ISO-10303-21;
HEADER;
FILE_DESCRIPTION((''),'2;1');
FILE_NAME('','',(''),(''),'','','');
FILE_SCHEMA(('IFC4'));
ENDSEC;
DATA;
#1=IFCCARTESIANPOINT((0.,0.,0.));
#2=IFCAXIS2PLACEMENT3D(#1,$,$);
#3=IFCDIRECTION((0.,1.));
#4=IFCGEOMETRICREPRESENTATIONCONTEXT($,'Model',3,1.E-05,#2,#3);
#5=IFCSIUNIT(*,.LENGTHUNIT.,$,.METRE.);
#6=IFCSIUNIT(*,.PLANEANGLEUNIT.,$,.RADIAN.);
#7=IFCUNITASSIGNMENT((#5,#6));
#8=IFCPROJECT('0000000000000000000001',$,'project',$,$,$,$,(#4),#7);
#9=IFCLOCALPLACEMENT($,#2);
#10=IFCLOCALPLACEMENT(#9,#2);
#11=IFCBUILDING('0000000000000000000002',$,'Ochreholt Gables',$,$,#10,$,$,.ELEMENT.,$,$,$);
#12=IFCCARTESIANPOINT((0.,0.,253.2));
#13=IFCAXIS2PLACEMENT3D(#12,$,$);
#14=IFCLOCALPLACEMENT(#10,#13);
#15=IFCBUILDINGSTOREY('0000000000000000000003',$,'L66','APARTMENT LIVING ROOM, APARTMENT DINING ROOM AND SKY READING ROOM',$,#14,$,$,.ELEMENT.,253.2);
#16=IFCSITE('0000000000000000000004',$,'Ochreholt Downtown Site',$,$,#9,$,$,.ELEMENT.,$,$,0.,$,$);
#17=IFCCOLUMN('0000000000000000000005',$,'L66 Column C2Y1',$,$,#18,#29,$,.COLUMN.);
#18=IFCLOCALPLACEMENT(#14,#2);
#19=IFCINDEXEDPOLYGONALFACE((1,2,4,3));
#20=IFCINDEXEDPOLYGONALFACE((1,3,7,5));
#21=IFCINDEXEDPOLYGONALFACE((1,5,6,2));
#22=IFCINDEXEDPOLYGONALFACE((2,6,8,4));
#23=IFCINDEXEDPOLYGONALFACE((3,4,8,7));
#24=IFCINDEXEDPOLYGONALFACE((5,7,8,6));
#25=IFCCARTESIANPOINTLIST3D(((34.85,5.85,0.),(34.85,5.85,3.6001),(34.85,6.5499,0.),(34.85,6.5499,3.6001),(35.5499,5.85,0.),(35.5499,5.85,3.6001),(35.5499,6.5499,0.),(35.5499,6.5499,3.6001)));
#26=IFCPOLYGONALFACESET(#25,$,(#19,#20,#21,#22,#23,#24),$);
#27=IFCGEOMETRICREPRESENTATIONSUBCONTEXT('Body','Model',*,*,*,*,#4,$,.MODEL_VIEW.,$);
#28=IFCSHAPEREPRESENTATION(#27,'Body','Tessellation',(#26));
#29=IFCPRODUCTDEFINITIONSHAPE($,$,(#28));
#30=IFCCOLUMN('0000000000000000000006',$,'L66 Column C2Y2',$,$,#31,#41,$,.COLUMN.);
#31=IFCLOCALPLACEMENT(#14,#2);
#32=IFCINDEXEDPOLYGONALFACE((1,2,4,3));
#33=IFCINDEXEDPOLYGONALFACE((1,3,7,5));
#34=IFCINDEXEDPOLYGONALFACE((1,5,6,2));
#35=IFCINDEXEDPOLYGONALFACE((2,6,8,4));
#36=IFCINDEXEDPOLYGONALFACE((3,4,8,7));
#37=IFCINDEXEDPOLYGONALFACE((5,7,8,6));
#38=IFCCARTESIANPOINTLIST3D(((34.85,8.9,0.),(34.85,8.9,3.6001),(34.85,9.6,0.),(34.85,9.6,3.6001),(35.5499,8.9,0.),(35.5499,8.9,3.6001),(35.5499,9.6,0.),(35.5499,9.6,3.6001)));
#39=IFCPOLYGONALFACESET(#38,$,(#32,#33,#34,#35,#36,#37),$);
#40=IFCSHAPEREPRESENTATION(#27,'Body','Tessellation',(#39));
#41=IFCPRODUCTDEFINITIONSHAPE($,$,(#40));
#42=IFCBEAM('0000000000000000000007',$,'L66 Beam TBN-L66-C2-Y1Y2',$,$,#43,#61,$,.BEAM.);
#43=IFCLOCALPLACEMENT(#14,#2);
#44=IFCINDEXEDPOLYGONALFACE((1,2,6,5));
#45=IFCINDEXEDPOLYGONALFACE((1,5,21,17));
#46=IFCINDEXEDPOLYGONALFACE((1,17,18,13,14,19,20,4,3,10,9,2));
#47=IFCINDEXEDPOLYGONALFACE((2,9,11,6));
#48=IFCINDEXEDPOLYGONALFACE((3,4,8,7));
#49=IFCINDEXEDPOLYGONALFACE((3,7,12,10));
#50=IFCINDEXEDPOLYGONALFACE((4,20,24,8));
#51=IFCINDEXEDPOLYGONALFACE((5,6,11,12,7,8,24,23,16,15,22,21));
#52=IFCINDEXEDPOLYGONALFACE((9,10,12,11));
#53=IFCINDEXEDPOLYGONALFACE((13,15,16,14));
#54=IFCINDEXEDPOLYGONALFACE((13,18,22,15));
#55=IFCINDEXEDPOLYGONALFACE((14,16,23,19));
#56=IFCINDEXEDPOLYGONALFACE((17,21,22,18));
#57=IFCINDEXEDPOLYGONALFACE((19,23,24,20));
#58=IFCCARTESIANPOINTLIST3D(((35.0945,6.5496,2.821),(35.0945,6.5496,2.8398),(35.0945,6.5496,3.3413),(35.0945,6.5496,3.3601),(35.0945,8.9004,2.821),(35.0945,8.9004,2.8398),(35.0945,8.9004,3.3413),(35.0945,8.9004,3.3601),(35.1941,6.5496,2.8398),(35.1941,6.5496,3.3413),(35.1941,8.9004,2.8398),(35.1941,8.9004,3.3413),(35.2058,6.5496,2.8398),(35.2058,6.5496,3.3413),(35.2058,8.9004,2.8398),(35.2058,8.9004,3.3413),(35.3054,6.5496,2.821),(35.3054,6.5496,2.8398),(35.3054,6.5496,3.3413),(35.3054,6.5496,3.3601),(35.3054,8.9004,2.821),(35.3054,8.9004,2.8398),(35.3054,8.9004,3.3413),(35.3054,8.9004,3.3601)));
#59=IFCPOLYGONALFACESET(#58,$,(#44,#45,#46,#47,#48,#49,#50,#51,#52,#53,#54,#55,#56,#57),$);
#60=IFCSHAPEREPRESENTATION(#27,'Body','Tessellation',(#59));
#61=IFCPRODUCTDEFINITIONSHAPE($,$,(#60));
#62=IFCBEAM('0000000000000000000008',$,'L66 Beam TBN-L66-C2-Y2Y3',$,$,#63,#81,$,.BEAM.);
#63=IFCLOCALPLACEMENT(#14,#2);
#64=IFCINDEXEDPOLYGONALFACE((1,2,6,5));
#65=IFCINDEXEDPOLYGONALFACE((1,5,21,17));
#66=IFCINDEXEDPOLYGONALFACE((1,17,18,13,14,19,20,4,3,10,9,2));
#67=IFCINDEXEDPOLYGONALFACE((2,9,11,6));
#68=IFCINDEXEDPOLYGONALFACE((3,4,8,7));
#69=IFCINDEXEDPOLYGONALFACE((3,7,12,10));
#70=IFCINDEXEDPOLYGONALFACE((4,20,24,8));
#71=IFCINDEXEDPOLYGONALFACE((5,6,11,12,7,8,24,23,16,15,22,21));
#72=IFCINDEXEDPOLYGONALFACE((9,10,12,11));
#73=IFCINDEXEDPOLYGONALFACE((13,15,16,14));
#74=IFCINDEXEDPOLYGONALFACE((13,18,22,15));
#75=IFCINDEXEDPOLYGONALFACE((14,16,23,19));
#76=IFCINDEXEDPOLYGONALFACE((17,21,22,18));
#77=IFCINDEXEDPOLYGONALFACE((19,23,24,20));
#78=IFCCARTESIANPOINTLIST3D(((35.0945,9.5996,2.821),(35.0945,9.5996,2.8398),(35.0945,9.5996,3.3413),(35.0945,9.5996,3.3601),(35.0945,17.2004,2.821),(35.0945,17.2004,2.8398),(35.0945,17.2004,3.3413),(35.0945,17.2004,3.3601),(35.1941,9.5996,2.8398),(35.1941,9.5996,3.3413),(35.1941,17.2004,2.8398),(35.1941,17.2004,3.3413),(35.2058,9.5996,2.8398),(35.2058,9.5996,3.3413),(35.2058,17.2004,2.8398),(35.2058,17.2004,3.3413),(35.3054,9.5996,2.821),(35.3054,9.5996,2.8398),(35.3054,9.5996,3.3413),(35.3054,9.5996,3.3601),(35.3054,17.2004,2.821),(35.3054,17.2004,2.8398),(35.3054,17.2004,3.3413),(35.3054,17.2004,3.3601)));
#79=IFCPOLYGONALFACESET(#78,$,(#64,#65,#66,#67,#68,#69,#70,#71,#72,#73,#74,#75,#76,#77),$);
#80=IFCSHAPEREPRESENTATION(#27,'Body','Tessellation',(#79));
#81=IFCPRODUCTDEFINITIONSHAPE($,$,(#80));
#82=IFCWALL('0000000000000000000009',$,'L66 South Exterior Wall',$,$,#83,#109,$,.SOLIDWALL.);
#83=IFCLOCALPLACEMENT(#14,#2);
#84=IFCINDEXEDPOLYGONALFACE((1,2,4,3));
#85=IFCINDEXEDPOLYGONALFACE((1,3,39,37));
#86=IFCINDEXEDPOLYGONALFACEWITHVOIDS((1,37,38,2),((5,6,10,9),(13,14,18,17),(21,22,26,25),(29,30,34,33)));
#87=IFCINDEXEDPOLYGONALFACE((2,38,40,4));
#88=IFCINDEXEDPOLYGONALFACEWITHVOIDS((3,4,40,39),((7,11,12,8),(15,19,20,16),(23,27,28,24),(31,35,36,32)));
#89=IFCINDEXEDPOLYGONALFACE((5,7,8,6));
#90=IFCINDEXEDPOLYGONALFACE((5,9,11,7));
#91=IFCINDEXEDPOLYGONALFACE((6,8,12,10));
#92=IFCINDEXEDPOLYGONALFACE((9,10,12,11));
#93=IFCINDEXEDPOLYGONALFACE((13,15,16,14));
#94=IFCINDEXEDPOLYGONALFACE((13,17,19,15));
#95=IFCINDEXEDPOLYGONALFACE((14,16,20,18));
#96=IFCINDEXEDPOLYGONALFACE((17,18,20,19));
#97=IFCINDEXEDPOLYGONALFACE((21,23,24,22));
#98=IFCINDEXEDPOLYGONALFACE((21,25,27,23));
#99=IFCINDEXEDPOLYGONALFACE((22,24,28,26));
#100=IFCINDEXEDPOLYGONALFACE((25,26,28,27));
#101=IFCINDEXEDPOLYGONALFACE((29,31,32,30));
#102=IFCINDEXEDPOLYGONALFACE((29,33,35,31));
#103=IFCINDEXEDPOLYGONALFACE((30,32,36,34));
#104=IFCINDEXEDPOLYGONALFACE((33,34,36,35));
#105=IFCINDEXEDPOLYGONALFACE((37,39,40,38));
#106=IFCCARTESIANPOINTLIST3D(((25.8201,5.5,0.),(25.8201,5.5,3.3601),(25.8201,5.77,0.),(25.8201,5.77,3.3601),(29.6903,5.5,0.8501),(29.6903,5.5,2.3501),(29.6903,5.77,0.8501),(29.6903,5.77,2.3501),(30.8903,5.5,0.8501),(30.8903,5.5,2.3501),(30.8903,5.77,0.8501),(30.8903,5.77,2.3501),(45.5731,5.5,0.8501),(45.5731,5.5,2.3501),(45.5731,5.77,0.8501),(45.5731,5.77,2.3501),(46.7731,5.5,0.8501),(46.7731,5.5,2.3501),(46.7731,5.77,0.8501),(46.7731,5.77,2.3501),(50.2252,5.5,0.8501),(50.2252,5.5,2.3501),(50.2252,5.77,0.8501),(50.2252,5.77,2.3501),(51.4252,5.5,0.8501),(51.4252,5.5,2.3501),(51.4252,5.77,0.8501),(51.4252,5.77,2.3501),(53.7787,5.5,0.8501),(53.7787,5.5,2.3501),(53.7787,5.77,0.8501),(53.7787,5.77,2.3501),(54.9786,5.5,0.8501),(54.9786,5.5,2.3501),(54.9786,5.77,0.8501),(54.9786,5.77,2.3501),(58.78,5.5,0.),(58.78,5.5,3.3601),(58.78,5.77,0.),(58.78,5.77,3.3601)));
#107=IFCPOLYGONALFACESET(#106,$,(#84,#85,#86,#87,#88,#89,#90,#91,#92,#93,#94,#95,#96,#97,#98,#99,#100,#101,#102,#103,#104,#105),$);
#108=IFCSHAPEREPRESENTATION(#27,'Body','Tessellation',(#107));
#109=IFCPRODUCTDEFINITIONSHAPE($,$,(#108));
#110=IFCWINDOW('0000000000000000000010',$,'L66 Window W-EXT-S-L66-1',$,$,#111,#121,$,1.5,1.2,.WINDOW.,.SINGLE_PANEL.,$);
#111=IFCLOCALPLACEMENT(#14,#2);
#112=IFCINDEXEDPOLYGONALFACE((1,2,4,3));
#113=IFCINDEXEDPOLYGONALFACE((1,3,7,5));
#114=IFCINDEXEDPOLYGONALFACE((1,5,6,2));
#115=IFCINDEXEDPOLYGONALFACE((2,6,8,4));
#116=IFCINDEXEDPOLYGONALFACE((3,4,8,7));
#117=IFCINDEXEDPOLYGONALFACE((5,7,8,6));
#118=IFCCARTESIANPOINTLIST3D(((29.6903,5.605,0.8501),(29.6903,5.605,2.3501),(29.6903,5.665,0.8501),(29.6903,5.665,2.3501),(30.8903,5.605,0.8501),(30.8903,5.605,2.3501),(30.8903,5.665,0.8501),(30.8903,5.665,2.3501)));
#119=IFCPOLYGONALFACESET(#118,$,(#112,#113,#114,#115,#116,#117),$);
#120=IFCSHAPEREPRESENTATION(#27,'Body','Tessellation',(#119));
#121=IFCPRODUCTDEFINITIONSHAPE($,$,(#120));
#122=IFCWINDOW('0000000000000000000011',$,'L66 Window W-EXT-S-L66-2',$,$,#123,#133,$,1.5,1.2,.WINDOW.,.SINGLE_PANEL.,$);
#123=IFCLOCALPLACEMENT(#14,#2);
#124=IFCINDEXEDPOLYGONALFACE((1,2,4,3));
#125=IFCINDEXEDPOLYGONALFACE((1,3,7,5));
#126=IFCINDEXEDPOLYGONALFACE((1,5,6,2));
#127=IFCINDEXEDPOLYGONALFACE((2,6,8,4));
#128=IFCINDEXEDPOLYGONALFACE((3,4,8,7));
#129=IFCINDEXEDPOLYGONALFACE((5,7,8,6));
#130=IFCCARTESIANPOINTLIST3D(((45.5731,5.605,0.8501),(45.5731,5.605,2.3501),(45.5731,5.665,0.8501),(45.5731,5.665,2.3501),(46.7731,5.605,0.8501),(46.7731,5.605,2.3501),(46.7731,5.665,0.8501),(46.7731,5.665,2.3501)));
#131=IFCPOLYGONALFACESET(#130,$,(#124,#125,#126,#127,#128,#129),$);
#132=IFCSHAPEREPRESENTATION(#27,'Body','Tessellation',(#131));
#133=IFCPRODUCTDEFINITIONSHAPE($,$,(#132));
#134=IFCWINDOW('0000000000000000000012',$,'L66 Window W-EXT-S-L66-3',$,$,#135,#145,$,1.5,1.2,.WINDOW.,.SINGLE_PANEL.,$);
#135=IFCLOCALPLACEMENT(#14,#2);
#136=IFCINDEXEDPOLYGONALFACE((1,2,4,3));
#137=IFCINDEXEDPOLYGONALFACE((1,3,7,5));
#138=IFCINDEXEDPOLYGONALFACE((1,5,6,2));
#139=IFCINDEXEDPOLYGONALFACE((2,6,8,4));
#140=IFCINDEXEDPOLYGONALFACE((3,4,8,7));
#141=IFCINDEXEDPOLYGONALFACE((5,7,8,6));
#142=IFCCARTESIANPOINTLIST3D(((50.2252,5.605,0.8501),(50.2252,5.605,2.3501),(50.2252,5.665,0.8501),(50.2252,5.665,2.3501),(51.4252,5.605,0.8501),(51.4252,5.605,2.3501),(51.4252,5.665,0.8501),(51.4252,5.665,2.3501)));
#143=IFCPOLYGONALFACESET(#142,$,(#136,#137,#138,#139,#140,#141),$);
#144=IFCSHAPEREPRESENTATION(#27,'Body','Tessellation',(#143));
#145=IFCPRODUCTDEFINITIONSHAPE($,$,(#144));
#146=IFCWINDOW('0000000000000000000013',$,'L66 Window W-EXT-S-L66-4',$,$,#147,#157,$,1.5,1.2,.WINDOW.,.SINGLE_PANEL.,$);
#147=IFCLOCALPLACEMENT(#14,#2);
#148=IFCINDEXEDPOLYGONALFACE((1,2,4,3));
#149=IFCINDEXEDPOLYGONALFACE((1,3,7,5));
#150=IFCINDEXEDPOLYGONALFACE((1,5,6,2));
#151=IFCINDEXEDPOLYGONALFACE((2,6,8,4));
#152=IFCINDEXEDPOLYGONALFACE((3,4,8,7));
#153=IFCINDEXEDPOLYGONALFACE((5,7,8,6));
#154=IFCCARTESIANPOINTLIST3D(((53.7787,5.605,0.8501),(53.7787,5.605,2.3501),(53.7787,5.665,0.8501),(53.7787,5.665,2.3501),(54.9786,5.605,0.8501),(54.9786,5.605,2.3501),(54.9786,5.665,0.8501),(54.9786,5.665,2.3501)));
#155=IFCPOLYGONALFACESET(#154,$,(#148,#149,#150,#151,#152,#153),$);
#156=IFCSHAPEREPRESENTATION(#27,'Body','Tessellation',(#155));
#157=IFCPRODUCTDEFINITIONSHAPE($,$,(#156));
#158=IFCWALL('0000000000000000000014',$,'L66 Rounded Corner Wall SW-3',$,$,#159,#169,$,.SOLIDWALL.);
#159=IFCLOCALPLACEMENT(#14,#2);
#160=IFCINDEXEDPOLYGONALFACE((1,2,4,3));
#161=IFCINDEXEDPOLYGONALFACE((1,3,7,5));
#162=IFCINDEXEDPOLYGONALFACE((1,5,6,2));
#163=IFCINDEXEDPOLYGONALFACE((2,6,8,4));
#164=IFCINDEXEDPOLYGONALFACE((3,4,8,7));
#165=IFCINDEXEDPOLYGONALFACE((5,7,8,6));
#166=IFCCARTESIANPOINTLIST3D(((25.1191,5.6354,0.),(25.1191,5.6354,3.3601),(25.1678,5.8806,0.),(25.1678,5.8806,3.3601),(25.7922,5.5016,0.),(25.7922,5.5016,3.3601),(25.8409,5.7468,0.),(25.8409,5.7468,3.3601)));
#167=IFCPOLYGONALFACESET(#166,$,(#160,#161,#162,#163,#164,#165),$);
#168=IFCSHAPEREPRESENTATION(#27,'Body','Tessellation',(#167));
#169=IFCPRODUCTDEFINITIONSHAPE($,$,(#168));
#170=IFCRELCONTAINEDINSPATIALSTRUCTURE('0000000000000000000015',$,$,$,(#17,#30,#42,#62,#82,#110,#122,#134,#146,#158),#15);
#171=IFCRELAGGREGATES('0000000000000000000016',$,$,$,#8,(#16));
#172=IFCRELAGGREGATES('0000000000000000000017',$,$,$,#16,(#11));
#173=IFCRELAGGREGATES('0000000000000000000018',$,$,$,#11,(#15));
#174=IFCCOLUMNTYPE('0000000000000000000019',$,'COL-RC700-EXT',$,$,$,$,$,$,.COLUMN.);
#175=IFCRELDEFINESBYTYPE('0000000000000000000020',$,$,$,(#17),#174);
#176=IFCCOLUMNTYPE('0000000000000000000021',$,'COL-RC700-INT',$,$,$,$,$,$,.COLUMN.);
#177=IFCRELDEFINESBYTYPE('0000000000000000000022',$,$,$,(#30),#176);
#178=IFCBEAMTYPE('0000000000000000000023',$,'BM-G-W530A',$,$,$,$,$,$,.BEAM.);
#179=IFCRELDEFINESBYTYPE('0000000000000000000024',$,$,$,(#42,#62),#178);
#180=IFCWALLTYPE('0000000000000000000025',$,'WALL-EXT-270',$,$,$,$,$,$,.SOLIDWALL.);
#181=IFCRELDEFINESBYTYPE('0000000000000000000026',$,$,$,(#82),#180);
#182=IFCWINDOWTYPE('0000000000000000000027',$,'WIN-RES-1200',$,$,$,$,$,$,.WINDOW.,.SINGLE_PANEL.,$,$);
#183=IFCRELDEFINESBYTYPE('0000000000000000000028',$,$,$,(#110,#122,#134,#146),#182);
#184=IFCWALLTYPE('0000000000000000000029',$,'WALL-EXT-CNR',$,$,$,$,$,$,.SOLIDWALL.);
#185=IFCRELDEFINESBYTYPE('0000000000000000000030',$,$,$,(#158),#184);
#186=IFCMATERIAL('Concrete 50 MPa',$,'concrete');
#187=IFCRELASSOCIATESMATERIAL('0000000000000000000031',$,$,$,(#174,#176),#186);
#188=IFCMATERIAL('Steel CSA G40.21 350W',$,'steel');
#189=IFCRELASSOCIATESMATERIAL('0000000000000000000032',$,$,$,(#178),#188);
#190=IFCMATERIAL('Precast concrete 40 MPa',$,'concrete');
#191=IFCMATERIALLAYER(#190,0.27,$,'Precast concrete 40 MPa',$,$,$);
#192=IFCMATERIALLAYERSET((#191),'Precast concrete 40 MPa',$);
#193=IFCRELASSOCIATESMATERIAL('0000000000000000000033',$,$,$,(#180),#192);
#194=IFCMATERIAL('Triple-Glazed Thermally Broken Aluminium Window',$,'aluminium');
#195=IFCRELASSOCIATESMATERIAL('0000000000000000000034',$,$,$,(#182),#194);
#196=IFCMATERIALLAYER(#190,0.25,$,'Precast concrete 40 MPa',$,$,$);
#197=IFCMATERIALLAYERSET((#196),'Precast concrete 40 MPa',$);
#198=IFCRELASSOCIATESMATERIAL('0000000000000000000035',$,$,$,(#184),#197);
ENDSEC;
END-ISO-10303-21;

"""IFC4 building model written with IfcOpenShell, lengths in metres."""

from ifc_helpers import new_model, si_unit, direction, frame, frame_2d, origin, origin_2d, place, context, subcontext, project, spatial, rectangle, i_section, extrude, material, layer, layer_set, material_profile, profile_set, type_object, element, fill, save


model = new_model("IFC4")

# Units and contexts
model_context = context("Model", 3, precision=1e-05, world=origin(), true_north=direction((0.0, 1.0)))
body_context = subcontext(model_context, "Body", "Model", "MODEL_VIEW")
ifc_project = project(units=[si_unit("LENGTHUNIT", "METRE"), si_unit("PLANEANGLEUNIT", "RADIAN")], contexts=[model_context])

# Site, building, storey
site_placement = place(None, origin())
site = spatial("IfcSite", under=ifc_project, at=site_placement, Name="Ochreholt Downtown Site", CompositionType="ELEMENT", RefElevation=0.0)
building_placement = place(site_placement, origin())
building = spatial("IfcBuilding", under=site, at=building_placement, Name="Ochreholt Gables", CompositionType="ELEMENT")
storey_placement = place(building_placement, frame((0.0, 0.0, 253.2)))
storey = spatial("IfcBuildingStorey", under=building, at=storey_placement, Name="L66", Description="APARTMENT LIVING ROOM, APARTMENT DINING ROOM AND SKY READING ROOM", CompositionType="ELEMENT", Elevation=253.2)

# Columns
ifc_material_1 = material(Name="Concrete 50 MPa", Category="concrete")
ifc_material_profile_1 = material_profile(ifc_material_1, rectangle(XDim=0.7, YDim=0.7, at=origin_2d()), Name="RC700X700")
ifc_profile_set_1 = profile_set([ifc_material_profile_1], Name="Concrete 50 MPa")
column_type_1 = type_object("IfcColumnType", Name="COL-RC700-EXT", PredefinedType="COLUMN", material=ifc_profile_set_1)
column_1_placement = place(storey_placement, frame((35.2, 6.2, 0.0), z_axis=(0.0, 0.0, 1.0), x_axis=(1.0, 0.0, 0.0)))
element("IfcColumn", 1, at=column_1_placement, inside=storey, type_object=column_type_1, Name="L66 Column C2Y1", PredefinedType="COLUMN", context=body_context, shape_type="SweptSolid", body=[
    extrude(rectangle(XDim=0.7, YDim=0.7, at=origin_2d()), origin(), (0.0, 0.0, 1.0), 3.6001),
])
ifc_material_profile_2 = material_profile(ifc_material_1, rectangle(XDim=0.7, YDim=0.7, at=origin_2d()), Name="RC700X700")
ifc_profile_set_2 = profile_set([ifc_material_profile_2], Name="Concrete 50 MPa")
column_type_2 = type_object("IfcColumnType", Name="COL-RC700-INT", PredefinedType="COLUMN", material=ifc_profile_set_2)
column_2_placement = place(storey_placement, frame((35.2, 9.25, 0.0), z_axis=(0.0, 0.0, 1.0), x_axis=(1.0, 0.0, 0.0)))
element("IfcColumn", 2, at=column_2_placement, inside=storey, type_object=column_type_2, Name="L66 Column C2Y2", PredefinedType="COLUMN", context=body_context, shape_type="SweptSolid", body=[
    extrude(rectangle(XDim=0.7, YDim=0.7, at=origin_2d()), origin(), (0.0, 0.0, 1.0), 3.6001),
])

# Beams
ifc_material_2 = material(Name="Steel CSA G40.21 350W", Category="steel")
ifc_material_profile_3 = material_profile(ifc_material_2, i_section(OverallWidth=0.2109, OverallDepth=0.5391, WebThickness=0.0117, FlangeThickness=0.0188, at=origin_2d()), Name="W530X109")
ifc_profile_set_3 = profile_set([ifc_material_profile_3], Name="Steel CSA G40.21 350W")
beam_type = type_object("IfcBeamType", Name="BM-G-W530A", PredefinedType="BEAM", material=ifc_profile_set_3)
beam_1_placement = place(storey_placement, frame((35.2, 6.5496, 3.0906), z_axis=(0.0, 1.0, 0.0), x_axis=(-1.0, 0.0, 0.0)))
element("IfcBeam", 3, at=beam_1_placement, inside=storey, type_object=beam_type, Name="L66 Beam TBN-L66-C2-Y1Y2", PredefinedType="BEAM", context=body_context, shape_type="SweptSolid", body=[
    extrude(i_section(OverallWidth=0.2109, OverallDepth=0.5391, WebThickness=0.0117, FlangeThickness=0.0188, at=origin_2d()), origin(), (0.0, 0.0, 1.0), 2.3508),
])
beam_2_placement = place(storey_placement, frame((35.2, 9.5996, 3.0906), z_axis=(0.0, 1.0, 0.0), x_axis=(-1.0, 0.0, 0.0)))
element("IfcBeam", 4, at=beam_2_placement, inside=storey, type_object=beam_type, Name="L66 Beam TBN-L66-C2-Y2Y3", PredefinedType="BEAM", context=body_context, shape_type="SweptSolid", body=[
    extrude(i_section(OverallWidth=0.2109, OverallDepth=0.5391, WebThickness=0.0117, FlangeThickness=0.0188, at=origin_2d()), origin(), (0.0, 0.0, 1.0), 7.6008),
])

# Wall, openings, windows
ifc_material_3 = material(Name="Precast concrete 40 MPa", Category="concrete")
ifc_layer_1 = layer(ifc_material_3, 0.27, Name="Precast concrete 40 MPa")
ifc_layer_set_1 = layer_set([ifc_layer_1], Name="Precast concrete 40 MPa")
wall_type_1 = type_object("IfcWallType", Name="WALL-EXT-270", PredefinedType="SOLIDWALL", material=ifc_layer_set_1)
wall_1_placement = place(storey_placement, frame((25.8201, 5.635, 0.0), z_axis=(0.0, 0.0, 1.0), x_axis=(1.0, 0.0, 0.0)))
wall_1 = element("IfcWall", 5, at=wall_1_placement, inside=storey, type_object=wall_type_1, Name="L66 South Exterior Wall", PredefinedType="SOLIDWALL", context=body_context, shape_type="SweptSolid", body=[
    extrude(rectangle(XDim=32.96, YDim=0.27, at=frame_2d((16.48, 0.0))), origin(), (0.0, 0.0, 1.0), 3.3601),
])
opening_1_placement = place(wall_1_placement, frame((3.8701, 0.0, 0.8501)))
opening_1 = element("IfcOpeningElement", 6, at=opening_1_placement, cuts=wall_1, PredefinedType="OPENING", context=body_context, shape_type="SweptSolid", body=[
    extrude(rectangle(XDim=1.2, YDim=1.5, at=frame_2d((0.6001, 0.75))), frame((0.0, 0.145, 0.0), z_axis=(0.0, -1.0, 0.0), x_axis=(1.0, 0.0, 0.0)), (0.0, 0.0, 1.0), 0.29),
])
opening_2_placement = place(wall_1_placement, frame((19.7529, 0.0, 0.8501)))
opening_2 = element("IfcOpeningElement", 7, at=opening_2_placement, cuts=wall_1, PredefinedType="OPENING", context=body_context, shape_type="SweptSolid", body=[
    extrude(rectangle(XDim=1.2, YDim=1.5, at=frame_2d((0.6001, 0.75))), frame((0.0, 0.145, 0.0), z_axis=(0.0, -1.0, 0.0), x_axis=(1.0, 0.0, 0.0)), (0.0, 0.0, 1.0), 0.29),
])
opening_3_placement = place(wall_1_placement, frame((24.405, 0.0, 0.8501)))
opening_3 = element("IfcOpeningElement", 8, at=opening_3_placement, cuts=wall_1, PredefinedType="OPENING", context=body_context, shape_type="SweptSolid", body=[
    extrude(rectangle(XDim=1.2, YDim=1.5, at=frame_2d((0.6001, 0.75))), frame((0.0, 0.145, 0.0), z_axis=(0.0, -1.0, 0.0), x_axis=(1.0, 0.0, 0.0)), (0.0, 0.0, 1.0), 0.29),
])
opening_4_placement = place(wall_1_placement, frame((27.9585, 0.0, 0.8501)))
opening_4 = element("IfcOpeningElement", 9, at=opening_4_placement, cuts=wall_1, PredefinedType="OPENING", context=body_context, shape_type="SweptSolid", body=[
    extrude(rectangle(XDim=1.2, YDim=1.5, at=frame_2d((0.6001, 0.75))), frame((0.0, 0.145, 0.0), z_axis=(0.0, -1.0, 0.0), x_axis=(1.0, 0.0, 0.0)), (0.0, 0.0, 1.0), 0.29),
])
ifc_material_4 = material(Name="Triple-Glazed Thermally Broken Aluminium Window", Category="aluminium")
window_type = type_object("IfcWindowType", Name="WIN-RES-1200", PartitioningType="SINGLE_PANEL", PredefinedType="WINDOW", material=ifc_material_4)
window_1_placement = place(opening_1_placement, origin())
window_1 = element("IfcWindow", 10, at=window_1_placement, inside=storey, type_object=window_type, Name="L66 Window W-EXT-S-L66-1", OverallHeight=1.5, OverallWidth=1.2, PartitioningType="SINGLE_PANEL", PredefinedType="WINDOW", context=body_context, shape_type="SweptSolid", body=[
    extrude(rectangle(XDim=1.2, YDim=1.5, at=frame_2d((0.6001, 0.75))), frame((0.0, 0.03, 0.0), z_axis=(0.0, -1.0, 0.0), x_axis=(1.0, 0.0, 0.0)), (0.0, 0.0, 1.0), 0.0601),
])
fill(opening_1, window_1)
window_2_placement = place(opening_2_placement, origin())
window_2 = element("IfcWindow", 11, at=window_2_placement, inside=storey, type_object=window_type, Name="L66 Window W-EXT-S-L66-2", OverallHeight=1.5, OverallWidth=1.2, PartitioningType="SINGLE_PANEL", PredefinedType="WINDOW", context=body_context, shape_type="SweptSolid", body=[
    extrude(rectangle(XDim=1.2, YDim=1.5, at=frame_2d((0.6001, 0.75))), frame((0.0, 0.03, 0.0), z_axis=(0.0, -1.0, 0.0), x_axis=(1.0, 0.0, 0.0)), (0.0, 0.0, 1.0), 0.0601),
])
fill(opening_2, window_2)
window_3_placement = place(opening_3_placement, origin())
window_3 = element("IfcWindow", 12, at=window_3_placement, inside=storey, type_object=window_type, Name="L66 Window W-EXT-S-L66-3", OverallHeight=1.5, OverallWidth=1.2, PartitioningType="SINGLE_PANEL", PredefinedType="WINDOW", context=body_context, shape_type="SweptSolid", body=[
    extrude(rectangle(XDim=1.2, YDim=1.5, at=frame_2d((0.6001, 0.75))), frame((0.0, 0.03, 0.0), z_axis=(0.0, -1.0, 0.0), x_axis=(1.0, 0.0, 0.0)), (0.0, 0.0, 1.0), 0.0601),
])
fill(opening_3, window_3)
window_4_placement = place(opening_4_placement, origin())
window_4 = element("IfcWindow", 13, at=window_4_placement, inside=storey, type_object=window_type, Name="L66 Window W-EXT-S-L66-4", OverallHeight=1.5, OverallWidth=1.2, PartitioningType="SINGLE_PANEL", PredefinedType="WINDOW", context=body_context, shape_type="SweptSolid", body=[
    extrude(rectangle(XDim=1.2, YDim=1.5, at=frame_2d((0.6001, 0.75))), frame((0.0, 0.03, 0.0), z_axis=(0.0, -1.0, 0.0), x_axis=(1.0, 0.0, 0.0)), (0.0, 0.0, 1.0), 0.0601),
])
fill(opening_4, window_4)

# Wall
ifc_layer_2 = layer(ifc_material_3, 0.25, Name="Precast concrete 40 MPa")
ifc_layer_set_2 = layer_set([ifc_layer_2], Name="Precast concrete 40 MPa")
wall_type_2 = type_object("IfcWallType", Name="WALL-EXT-CNR", PredefinedType="SOLIDWALL", material=ifc_layer_set_2)
wall_2_placement = place(storey_placement, frame((25.1433, 5.7581, 0.0), z_axis=(0.0, 0.0, 1.0), x_axis=(0.980813, -0.194953, 0.0)))
element("IfcWall", 14, at=wall_2_placement, inside=storey, type_object=wall_type_2, Name="L66 Rounded Corner Wall SW-3", PredefinedType="SOLIDWALL", context=body_context, shape_type="SweptSolid", body=[
    extrude(rectangle(XDim=0.6863, YDim=0.25, at=frame_2d((0.3433, 0.0))), origin(), (0.0, 0.0, 1.0), 3.3601),
])

save(model, "model.ifc")
